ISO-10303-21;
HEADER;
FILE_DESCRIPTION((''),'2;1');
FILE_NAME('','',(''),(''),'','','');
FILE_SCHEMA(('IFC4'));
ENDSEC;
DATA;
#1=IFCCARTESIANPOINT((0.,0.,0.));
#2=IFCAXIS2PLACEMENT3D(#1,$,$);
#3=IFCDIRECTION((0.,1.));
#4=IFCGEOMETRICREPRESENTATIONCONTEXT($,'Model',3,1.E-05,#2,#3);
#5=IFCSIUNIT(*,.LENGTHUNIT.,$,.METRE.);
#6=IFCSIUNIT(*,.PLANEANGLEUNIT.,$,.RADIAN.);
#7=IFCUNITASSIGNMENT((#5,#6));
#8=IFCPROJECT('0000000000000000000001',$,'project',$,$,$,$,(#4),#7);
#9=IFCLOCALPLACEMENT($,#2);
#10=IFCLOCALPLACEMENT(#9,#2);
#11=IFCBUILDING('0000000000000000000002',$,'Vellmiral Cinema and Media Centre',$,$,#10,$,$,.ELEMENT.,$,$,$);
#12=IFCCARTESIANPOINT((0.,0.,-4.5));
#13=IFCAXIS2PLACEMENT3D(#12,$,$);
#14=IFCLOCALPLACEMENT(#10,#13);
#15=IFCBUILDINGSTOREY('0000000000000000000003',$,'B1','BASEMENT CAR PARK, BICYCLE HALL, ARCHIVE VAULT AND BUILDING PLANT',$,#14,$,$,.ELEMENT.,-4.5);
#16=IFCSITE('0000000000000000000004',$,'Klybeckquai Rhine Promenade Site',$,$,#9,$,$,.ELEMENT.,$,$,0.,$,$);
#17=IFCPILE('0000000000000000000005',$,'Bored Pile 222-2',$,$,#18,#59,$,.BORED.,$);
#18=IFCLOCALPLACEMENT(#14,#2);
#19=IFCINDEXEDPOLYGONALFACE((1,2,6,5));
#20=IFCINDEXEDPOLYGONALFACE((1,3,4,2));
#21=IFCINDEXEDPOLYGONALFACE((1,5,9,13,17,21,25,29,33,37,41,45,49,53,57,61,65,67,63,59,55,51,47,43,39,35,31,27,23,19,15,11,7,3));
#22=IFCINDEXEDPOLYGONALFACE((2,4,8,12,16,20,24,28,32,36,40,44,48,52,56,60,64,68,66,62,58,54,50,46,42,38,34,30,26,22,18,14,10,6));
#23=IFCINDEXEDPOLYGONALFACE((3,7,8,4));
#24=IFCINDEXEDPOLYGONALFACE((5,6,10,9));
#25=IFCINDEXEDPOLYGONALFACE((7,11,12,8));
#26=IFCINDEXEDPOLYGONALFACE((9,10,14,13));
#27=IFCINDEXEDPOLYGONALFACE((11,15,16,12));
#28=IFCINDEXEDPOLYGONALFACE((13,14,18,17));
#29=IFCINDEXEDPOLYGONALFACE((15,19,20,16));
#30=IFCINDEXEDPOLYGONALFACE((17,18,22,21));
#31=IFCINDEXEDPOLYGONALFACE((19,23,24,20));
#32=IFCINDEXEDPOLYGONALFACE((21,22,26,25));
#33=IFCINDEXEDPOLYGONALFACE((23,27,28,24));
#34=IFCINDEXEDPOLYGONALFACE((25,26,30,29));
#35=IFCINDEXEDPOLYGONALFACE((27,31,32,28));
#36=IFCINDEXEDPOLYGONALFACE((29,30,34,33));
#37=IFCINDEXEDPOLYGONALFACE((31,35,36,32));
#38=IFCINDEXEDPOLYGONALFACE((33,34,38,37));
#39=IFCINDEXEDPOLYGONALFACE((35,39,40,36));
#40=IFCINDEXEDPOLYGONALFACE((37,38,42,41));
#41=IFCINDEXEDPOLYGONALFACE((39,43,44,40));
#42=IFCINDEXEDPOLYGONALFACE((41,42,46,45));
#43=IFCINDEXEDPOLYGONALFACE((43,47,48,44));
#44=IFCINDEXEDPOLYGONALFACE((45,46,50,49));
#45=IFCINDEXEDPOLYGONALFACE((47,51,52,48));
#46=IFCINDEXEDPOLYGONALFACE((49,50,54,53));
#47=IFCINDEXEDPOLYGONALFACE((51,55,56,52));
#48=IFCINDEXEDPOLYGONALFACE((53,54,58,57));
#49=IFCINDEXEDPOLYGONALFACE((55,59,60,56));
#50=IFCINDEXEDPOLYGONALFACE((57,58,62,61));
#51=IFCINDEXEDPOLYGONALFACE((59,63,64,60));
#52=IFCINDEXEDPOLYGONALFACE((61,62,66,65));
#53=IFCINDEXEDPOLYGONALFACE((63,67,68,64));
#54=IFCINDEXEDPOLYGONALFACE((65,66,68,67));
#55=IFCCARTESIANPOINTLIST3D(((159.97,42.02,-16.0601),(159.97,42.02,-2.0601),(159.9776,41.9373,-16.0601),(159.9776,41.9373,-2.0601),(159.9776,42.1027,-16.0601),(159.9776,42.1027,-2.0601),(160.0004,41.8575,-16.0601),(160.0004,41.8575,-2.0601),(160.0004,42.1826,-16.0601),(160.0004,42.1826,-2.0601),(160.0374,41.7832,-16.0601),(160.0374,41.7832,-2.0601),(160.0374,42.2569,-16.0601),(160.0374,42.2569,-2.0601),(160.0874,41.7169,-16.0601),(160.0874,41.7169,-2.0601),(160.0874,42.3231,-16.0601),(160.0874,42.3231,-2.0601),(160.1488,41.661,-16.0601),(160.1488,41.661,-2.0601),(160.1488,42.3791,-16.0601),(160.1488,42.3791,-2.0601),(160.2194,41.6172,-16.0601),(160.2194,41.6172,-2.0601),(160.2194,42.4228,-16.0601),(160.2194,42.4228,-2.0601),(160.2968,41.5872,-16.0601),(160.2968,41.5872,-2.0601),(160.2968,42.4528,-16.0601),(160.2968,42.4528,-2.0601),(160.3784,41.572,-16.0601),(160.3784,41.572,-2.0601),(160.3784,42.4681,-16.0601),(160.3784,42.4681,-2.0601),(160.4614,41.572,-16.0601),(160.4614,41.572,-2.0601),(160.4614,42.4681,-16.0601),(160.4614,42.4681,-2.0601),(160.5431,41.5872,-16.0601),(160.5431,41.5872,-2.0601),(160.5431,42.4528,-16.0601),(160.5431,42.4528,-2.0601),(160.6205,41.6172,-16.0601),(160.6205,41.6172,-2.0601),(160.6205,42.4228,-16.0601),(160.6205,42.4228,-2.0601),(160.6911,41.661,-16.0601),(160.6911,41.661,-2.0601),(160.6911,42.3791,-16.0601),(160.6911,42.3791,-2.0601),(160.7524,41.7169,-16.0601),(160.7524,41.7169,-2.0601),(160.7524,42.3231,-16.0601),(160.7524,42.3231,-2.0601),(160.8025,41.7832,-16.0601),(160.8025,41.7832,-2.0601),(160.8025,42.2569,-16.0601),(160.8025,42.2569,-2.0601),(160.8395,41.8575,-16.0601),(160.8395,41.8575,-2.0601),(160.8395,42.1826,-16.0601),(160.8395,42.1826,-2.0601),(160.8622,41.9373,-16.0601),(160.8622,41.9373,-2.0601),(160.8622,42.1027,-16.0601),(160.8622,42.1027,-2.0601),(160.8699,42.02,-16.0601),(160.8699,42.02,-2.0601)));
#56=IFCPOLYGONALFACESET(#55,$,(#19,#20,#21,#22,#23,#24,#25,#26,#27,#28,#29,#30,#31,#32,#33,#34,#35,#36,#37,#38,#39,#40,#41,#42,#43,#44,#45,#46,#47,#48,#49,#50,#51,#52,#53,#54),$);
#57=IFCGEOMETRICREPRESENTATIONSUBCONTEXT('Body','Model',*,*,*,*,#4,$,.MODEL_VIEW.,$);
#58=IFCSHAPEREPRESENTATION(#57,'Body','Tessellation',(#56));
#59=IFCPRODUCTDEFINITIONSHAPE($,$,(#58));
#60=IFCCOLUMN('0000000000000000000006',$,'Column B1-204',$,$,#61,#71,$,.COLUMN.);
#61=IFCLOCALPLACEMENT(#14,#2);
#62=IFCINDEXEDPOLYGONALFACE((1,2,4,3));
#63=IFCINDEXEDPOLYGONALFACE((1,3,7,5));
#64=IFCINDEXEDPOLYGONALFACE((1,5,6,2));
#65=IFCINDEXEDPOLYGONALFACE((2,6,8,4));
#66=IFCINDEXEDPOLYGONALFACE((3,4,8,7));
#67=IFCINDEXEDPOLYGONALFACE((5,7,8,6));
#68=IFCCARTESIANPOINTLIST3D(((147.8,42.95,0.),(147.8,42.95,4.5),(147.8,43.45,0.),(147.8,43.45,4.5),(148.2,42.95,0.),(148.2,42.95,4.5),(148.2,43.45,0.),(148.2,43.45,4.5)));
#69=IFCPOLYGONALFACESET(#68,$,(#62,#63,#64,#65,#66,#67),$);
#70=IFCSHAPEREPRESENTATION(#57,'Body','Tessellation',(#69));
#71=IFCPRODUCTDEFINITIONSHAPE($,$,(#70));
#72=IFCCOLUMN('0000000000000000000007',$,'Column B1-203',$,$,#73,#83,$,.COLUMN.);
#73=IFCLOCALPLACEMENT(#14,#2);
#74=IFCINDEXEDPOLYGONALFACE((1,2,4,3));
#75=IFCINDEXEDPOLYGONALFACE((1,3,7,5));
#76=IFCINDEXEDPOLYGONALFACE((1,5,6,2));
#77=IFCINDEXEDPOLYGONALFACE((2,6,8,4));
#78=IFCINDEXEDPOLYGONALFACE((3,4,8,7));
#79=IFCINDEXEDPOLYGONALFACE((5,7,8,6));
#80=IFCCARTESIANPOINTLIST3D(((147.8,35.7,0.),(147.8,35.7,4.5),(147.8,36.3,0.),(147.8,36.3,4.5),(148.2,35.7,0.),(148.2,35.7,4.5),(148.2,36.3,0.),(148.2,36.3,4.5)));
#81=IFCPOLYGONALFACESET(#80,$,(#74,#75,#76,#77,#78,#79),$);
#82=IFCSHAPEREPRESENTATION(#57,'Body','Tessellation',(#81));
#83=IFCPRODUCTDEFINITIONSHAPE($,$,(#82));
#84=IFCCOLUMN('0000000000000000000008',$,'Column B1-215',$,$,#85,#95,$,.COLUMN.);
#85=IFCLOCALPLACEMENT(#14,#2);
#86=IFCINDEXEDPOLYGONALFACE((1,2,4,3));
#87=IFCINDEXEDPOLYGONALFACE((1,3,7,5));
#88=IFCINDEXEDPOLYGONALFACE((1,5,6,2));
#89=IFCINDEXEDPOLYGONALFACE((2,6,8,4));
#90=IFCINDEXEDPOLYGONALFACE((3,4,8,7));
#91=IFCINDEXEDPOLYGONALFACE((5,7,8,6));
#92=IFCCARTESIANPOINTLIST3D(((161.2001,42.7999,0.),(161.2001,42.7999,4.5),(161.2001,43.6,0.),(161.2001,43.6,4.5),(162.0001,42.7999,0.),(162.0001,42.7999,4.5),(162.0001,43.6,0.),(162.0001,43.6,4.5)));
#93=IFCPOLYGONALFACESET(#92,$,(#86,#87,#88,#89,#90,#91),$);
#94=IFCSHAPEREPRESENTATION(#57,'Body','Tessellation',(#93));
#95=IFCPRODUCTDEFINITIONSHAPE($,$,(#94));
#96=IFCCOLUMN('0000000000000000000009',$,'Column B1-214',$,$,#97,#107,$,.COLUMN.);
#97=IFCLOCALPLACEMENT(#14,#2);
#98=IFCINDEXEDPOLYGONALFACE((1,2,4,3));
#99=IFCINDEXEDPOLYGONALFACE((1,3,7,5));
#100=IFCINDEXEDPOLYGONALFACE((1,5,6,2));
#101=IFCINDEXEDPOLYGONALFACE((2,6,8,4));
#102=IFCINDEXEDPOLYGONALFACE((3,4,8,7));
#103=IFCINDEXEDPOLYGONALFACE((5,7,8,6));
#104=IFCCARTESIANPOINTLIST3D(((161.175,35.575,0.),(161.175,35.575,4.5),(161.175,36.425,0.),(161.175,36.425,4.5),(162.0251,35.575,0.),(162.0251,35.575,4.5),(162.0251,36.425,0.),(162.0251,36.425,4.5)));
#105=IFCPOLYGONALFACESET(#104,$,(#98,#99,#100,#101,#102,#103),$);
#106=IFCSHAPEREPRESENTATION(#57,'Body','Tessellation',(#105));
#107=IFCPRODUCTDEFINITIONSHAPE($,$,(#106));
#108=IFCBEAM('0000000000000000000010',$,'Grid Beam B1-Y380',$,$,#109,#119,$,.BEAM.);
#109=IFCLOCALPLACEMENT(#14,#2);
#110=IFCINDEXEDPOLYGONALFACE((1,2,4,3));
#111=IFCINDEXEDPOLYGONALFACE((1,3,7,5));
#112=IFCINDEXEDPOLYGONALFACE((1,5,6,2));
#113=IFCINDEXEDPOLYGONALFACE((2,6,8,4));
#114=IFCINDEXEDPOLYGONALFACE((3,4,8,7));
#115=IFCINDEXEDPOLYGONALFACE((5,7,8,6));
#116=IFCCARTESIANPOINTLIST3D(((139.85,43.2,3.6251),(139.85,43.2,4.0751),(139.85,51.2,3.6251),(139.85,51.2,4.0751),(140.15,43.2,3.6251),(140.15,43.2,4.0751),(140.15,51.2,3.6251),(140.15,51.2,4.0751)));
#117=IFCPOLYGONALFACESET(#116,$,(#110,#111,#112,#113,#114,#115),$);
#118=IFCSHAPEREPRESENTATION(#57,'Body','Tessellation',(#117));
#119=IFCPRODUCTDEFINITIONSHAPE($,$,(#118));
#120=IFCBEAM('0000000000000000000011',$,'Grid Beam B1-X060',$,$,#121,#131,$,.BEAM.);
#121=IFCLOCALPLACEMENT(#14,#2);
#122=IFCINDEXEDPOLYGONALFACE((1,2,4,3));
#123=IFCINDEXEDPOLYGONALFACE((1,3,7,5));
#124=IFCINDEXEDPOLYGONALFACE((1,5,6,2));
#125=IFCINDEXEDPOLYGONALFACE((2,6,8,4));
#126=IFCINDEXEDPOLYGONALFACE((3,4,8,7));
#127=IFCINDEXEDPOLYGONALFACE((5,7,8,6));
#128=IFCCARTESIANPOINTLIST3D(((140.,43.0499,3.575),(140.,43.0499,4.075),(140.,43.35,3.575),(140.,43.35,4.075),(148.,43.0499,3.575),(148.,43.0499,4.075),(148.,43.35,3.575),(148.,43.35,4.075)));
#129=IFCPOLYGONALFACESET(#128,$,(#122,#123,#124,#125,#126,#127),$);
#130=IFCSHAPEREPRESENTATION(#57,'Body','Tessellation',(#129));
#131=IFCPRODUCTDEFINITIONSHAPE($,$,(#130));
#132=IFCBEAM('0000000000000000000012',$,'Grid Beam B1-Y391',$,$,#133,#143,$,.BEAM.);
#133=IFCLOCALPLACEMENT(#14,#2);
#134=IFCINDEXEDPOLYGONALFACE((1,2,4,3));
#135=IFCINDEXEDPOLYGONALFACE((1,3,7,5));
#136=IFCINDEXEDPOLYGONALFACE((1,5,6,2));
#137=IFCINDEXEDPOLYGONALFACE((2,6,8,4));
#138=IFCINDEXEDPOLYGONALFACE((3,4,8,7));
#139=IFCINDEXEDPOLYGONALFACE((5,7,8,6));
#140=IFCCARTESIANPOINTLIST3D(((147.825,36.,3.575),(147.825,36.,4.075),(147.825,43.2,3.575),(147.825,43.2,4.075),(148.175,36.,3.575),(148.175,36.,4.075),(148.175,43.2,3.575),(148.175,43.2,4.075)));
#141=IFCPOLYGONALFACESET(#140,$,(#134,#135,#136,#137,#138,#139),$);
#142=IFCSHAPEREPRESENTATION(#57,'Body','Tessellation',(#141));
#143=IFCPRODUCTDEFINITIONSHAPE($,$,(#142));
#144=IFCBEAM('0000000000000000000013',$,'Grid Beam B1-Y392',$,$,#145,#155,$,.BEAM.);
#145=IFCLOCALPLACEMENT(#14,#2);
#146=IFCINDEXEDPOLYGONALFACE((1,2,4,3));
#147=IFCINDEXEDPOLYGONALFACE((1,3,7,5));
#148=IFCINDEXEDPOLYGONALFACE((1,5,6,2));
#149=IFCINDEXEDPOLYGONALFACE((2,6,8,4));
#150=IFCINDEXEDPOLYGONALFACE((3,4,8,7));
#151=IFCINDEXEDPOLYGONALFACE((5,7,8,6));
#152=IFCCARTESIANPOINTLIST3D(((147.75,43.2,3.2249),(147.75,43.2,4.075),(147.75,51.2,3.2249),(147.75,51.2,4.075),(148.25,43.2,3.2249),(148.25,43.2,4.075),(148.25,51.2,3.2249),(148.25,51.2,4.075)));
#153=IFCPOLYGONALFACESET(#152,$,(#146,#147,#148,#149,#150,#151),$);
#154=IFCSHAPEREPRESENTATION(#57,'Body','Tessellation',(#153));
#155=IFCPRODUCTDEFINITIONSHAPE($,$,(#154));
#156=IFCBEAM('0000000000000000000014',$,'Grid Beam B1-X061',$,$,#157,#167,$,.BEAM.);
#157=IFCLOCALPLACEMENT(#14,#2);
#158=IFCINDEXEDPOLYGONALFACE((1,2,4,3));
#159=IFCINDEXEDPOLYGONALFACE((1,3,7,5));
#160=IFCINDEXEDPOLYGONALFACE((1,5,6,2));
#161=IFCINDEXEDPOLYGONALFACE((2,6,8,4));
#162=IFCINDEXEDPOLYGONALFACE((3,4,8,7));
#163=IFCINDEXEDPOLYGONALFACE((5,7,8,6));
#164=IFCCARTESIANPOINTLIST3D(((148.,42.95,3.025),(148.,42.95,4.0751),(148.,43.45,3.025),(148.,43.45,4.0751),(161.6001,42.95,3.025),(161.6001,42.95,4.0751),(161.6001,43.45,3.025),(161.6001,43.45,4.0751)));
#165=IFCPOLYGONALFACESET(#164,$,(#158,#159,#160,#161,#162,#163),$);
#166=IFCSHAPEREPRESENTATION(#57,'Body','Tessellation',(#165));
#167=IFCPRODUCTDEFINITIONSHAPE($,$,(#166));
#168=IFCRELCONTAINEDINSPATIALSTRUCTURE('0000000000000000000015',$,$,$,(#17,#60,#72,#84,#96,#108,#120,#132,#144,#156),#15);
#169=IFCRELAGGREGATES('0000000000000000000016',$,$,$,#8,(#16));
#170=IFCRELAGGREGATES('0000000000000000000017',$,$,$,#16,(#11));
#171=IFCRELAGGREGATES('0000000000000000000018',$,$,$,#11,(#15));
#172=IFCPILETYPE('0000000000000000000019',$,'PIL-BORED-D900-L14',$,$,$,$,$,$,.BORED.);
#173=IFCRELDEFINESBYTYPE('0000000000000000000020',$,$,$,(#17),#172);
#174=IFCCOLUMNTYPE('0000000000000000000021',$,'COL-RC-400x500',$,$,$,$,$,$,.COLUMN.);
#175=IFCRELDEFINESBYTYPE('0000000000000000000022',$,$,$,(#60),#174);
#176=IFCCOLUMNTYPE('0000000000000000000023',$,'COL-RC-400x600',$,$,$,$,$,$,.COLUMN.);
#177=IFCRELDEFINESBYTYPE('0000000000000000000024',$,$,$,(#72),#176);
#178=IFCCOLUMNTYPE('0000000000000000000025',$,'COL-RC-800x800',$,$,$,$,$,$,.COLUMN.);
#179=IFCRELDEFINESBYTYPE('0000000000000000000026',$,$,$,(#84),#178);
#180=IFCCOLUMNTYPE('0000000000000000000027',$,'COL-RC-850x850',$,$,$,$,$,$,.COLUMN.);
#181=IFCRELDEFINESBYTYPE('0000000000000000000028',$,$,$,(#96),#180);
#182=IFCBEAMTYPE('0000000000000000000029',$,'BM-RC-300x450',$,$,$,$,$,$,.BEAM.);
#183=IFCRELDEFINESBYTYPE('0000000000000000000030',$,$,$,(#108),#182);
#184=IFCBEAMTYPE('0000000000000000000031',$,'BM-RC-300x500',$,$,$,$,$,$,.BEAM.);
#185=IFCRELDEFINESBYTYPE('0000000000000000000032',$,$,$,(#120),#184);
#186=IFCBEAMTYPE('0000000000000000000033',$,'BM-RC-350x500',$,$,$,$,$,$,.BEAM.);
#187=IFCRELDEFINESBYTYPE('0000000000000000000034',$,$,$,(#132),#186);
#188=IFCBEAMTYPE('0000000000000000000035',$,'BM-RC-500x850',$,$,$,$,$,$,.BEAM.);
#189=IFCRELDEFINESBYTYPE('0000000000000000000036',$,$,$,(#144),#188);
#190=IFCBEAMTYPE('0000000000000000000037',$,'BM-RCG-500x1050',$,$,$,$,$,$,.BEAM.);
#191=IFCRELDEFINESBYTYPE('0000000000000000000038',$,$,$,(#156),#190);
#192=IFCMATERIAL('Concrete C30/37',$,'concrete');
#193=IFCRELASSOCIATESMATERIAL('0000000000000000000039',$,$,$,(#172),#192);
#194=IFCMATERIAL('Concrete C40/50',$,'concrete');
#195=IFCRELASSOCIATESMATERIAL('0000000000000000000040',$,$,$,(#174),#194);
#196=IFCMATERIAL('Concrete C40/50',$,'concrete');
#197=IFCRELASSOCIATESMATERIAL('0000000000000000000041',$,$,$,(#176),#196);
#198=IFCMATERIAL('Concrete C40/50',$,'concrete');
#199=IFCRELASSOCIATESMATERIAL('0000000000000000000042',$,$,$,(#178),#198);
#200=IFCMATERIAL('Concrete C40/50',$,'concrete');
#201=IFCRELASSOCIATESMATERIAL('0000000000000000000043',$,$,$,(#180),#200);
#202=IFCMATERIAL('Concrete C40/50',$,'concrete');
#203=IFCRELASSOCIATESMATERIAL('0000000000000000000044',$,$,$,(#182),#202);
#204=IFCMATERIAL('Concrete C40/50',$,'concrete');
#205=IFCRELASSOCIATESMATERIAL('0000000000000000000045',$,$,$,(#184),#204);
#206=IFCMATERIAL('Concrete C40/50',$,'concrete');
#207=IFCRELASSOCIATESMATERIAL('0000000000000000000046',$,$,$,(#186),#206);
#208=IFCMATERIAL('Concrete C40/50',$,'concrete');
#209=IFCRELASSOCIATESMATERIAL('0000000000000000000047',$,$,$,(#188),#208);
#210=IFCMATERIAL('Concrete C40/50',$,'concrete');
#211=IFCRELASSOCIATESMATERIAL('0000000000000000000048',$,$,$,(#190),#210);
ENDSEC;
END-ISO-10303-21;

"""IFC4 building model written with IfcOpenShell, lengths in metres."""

from ifc_helpers import new_model, si_unit, direction, frame, origin, origin_2d, place, context, subcontext, project, spatial, rectangle, circle, extrude, material, material_profile, profile_set, type_object, element, save


model = new_model("IFC4")

# Units and contexts
model_context = context("Model", 3, precision=1e-05, world=origin(), true_north=direction((0.0, 1.0)))
body_context = subcontext(model_context, "Body", "Model", "MODEL_VIEW")
ifc_project = project(units=[si_unit("LENGTHUNIT", "METRE"), si_unit("PLANEANGLEUNIT", "RADIAN")], contexts=[model_context])

# Site, building, storey
site_placement = place(None, origin())
site = spatial("IfcSite", under=ifc_project, at=site_placement, Name="Klybeckquai Rhine Promenade Site", CompositionType="ELEMENT", RefElevation=0.0)
building_placement = place(site_placement, origin())
building = spatial("IfcBuilding", under=site, at=building_placement, Name="Vellmiral Cinema and Media Centre", CompositionType="ELEMENT")
storey_placement = place(building_placement, frame((0.0, 0.0, -4.5)))
storey = spatial("IfcBuildingStorey", under=building, at=storey_placement, Name="B1", Description="BASEMENT CAR PARK, BICYCLE HALL, ARCHIVE VAULT AND BUILDING PLANT", CompositionType="ELEMENT", Elevation=-4.5)

# Pile
ifc_material_1 = material(Name="Concrete C30/37", Category="concrete")
ifc_material_profile_1 = material_profile(ifc_material_1, circle(Radius=0.45, at=origin_2d()), Name="PILE D900")
ifc_profile_set_1 = profile_set([ifc_material_profile_1], Name="Concrete C30/37")
pile_type_1 = type_object("IfcPileType", Name="PIL-BORED-D900-L14", PredefinedType="BORED", material=ifc_profile_set_1)
for number, where, z_axis, x_axis, name in (
    (1, (160.4199, 42.02, -2.0601), (0.0, 0.0, -1.0), (1.0, 0.0, 0.0), "Bored Pile 222-2"),
):
    element("IfcPile", number, at=place(storey_placement, frame(where, z_axis=z_axis, x_axis=x_axis)), inside=storey, type_object=pile_type_1, Name=name, PredefinedType="BORED", context=body_context, shape_type="SweptSolid", body=[
        extrude(circle(Radius=0.45, at=origin_2d()), origin(), (0.0, 0.0, 1.0), 14.0),
    ])

# Columns
ifc_material_2 = material(Name="Concrete C40/50", Category="concrete")
ifc_material_profile_2 = material_profile(ifc_material_2, rectangle(XDim=0.3999, YDim=0.5, at=origin_2d()), Name="RC 400x500")
ifc_profile_set_2 = profile_set([ifc_material_profile_2], Name="Concrete C40/50")
column_type_1 = type_object("IfcColumnType", Name="COL-RC-400x500", PredefinedType="COLUMN", material=ifc_profile_set_2)
column_1_placement = place(storey_placement, frame((148.0, 43.2, 0.0), z_axis=(0.0, 0.0, 1.0), x_axis=(1.0, 0.0, 0.0)))
element("IfcColumn", 2, at=column_1_placement, inside=storey, type_object=column_type_1, Name="Column B1-204", PredefinedType="COLUMN", context=body_context, shape_type="SweptSolid", body=[
    extrude(rectangle(XDim=0.3999, YDim=0.5, at=origin_2d()), origin(), (0.0, 0.0, 1.0), 4.5),
])
ifc_material_3 = material(Name="Concrete C40/50", Category="concrete")
ifc_material_profile_3 = material_profile(ifc_material_3, rectangle(XDim=0.3999, YDim=0.6001, at=origin_2d()), Name="RC 400x600")
ifc_profile_set_3 = profile_set([ifc_material_profile_3], Name="Concrete C40/50")
column_type_2 = type_object("IfcColumnType", Name="COL-RC-400x600", PredefinedType="COLUMN", material=ifc_profile_set_3)
column_2_placement = place(storey_placement, frame((148.0, 36.0, 0.0), z_axis=(0.0, 0.0, 1.0), x_axis=(1.0, 0.0, 0.0)))
element("IfcColumn", 3, at=column_2_placement, inside=storey, type_object=column_type_2, Name="Column B1-203", PredefinedType="COLUMN", context=body_context, shape_type="SweptSolid", body=[
    extrude(rectangle(XDim=0.3999, YDim=0.6001, at=origin_2d()), origin(), (0.0, 0.0, 1.0), 4.5),
])
ifc_material_4 = material(Name="Concrete C40/50", Category="concrete")
ifc_material_profile_4 = material_profile(ifc_material_4, rectangle(XDim=0.8, YDim=0.8, at=origin_2d()), Name="RC 800x800")
ifc_profile_set_4 = profile_set([ifc_material_profile_4], Name="Concrete C40/50")
column_type_3 = type_object("IfcColumnType", Name="COL-RC-800x800", PredefinedType="COLUMN", material=ifc_profile_set_4)
column_3_placement = place(storey_placement, frame((161.6001, 43.2, 0.0), z_axis=(0.0, 0.0, 1.0), x_axis=(1.0, 0.0, 0.0)))
element("IfcColumn", 4, at=column_3_placement, inside=storey, type_object=column_type_3, Name="Column B1-215", PredefinedType="COLUMN", context=body_context, shape_type="SweptSolid", body=[
    extrude(rectangle(XDim=0.8, YDim=0.8, at=origin_2d()), origin(), (0.0, 0.0, 1.0), 4.5),
])
ifc_material_5 = material(Name="Concrete C40/50", Category="concrete")
ifc_material_profile_5 = material_profile(ifc_material_5, rectangle(XDim=0.8501, YDim=0.8501, at=origin_2d()), Name="RC 850x850")
ifc_profile_set_5 = profile_set([ifc_material_profile_5], Name="Concrete C40/50")
column_type_4 = type_object("IfcColumnType", Name="COL-RC-850x850", PredefinedType="COLUMN", material=ifc_profile_set_5)
column_4_placement = place(storey_placement, frame((161.6001, 36.0, 0.0), z_axis=(0.0, 0.0, 1.0), x_axis=(1.0, 0.0, 0.0)))
element("IfcColumn", 5, at=column_4_placement, inside=storey, type_object=column_type_4, Name="Column B1-214", PredefinedType="COLUMN", context=body_context, shape_type="SweptSolid", body=[
    extrude(rectangle(XDim=0.8501, YDim=0.8501, at=origin_2d()), origin(), (0.0, 0.0, 1.0), 4.5),
])

# Beams
ifc_material_6 = material(Name="Concrete C40/50", Category="concrete")
ifc_material_profile_6 = material_profile(ifc_material_6, rectangle(XDim=0.3, YDim=0.45, at=origin_2d()), Name="RC 300x450")
ifc_profile_set_6 = profile_set([ifc_material_profile_6], Name="Concrete C40/50")
beam_type_1 = type_object("IfcBeamType", Name="BM-RC-300x450", PredefinedType="BEAM", material=ifc_profile_set_6)
beam_1_placement = place(storey_placement, frame((140.0, 43.2, 3.8501), z_axis=(0.0, 1.0, 0.0), x_axis=(-1.0, 0.0, 0.0)))
element("IfcBeam", 6, at=beam_1_placement, inside=storey, type_object=beam_type_1, Name="Grid Beam B1-Y380", PredefinedType="BEAM", context=body_context, shape_type="SweptSolid", body=[
    extrude(rectangle(XDim=0.3, YDim=0.45, at=origin_2d()), origin(), (0.0, 0.0, 1.0), 8.0),
])
ifc_material_7 = material(Name="Concrete C40/50", Category="concrete")
ifc_material_profile_7 = material_profile(ifc_material_7, rectangle(XDim=0.3, YDim=0.5, at=origin_2d()), Name="RC 300x500")
ifc_profile_set_7 = profile_set([ifc_material_profile_7], Name="Concrete C40/50")
beam_type_2 = type_object("IfcBeamType", Name="BM-RC-300x500", PredefinedType="BEAM", material=ifc_profile_set_7)
beam_2_placement = place(storey_placement, frame((140.0, 43.2, 3.825), z_axis=(1.0, 0.0, 0.0), x_axis=(0.0, 1.0, 0.0)))
element("IfcBeam", 7, at=beam_2_placement, inside=storey, type_object=beam_type_2, Name="Grid Beam B1-X060", PredefinedType="BEAM", context=body_context, shape_type="SweptSolid", body=[
    extrude(rectangle(XDim=0.3, YDim=0.5, at=origin_2d()), origin(), (0.0, 0.0, 1.0), 8.0),
])
ifc_material_8 = material(Name="Concrete C40/50", Category="concrete")
ifc_material_profile_8 = material_profile(ifc_material_8, rectangle(XDim=0.3501, YDim=0.5, at=origin_2d()), Name="RC 350x500")
ifc_profile_set_8 = profile_set([ifc_material_profile_8], Name="Concrete C40/50")
beam_type_3 = type_object("IfcBeamType", Name="BM-RC-350x500", PredefinedType="BEAM", material=ifc_profile_set_8)
beam_3_placement = place(storey_placement, frame((148.0, 36.0, 3.825), z_axis=(0.0, 1.0, 0.0), x_axis=(-1.0, 0.0, 0.0)))
element("IfcBeam", 8, at=beam_3_placement, inside=storey, type_object=beam_type_3, Name="Grid Beam B1-Y391", PredefinedType="BEAM", context=body_context, shape_type="SweptSolid", body=[
    extrude(rectangle(XDim=0.3501, YDim=0.5, at=origin_2d()), origin(), (0.0, 0.0, 1.0), 7.2),
])
ifc_material_9 = material(Name="Concrete C40/50", Category="concrete")
ifc_material_profile_9 = material_profile(ifc_material_9, rectangle(XDim=0.5, YDim=0.8501, at=origin_2d()), Name="RC 500x850")
ifc_profile_set_9 = profile_set([ifc_material_profile_9], Name="Concrete C40/50")
beam_type_4 = type_object("IfcBeamType", Name="BM-RC-500x850", PredefinedType="BEAM", material=ifc_profile_set_9)
beam_4_placement = place(storey_placement, frame((148.0, 43.2, 3.6499), z_axis=(0.0, 1.0, 0.0), x_axis=(-1.0, 0.0, 0.0)))
element("IfcBeam", 9, at=beam_4_placement, inside=storey, type_object=beam_type_4, Name="Grid Beam B1-Y392", PredefinedType="BEAM", context=body_context, shape_type="SweptSolid", body=[
    extrude(rectangle(XDim=0.5, YDim=0.8501, at=origin_2d()), origin(), (0.0, 0.0, 1.0), 8.0),
])
ifc_material_10 = material(Name="Concrete C40/50", Category="concrete")
ifc_material_profile_10 = material_profile(ifc_material_10, rectangle(XDim=0.5, YDim=1.05, at=origin_2d()), Name="RC 500x1050")
ifc_profile_set_10 = profile_set([ifc_material_profile_10], Name="Concrete C40/50")
beam_type_5 = type_object("IfcBeamType", Name="BM-RCG-500x1050", PredefinedType="BEAM", material=ifc_profile_set_10)
beam_5_placement = place(storey_placement, frame((148.0, 43.2, 3.55), z_axis=(1.0, 0.0, 0.0), x_axis=(0.0, 1.0, 0.0)))
element("IfcBeam", 10, at=beam_5_placement, inside=storey, type_object=beam_type_5, Name="Grid Beam B1-X061", PredefinedType="BEAM", context=body_context, shape_type="SweptSolid", body=[
    extrude(rectangle(XDim=0.5, YDim=1.05, at=origin_2d()), origin(), (0.0, 0.0, 1.0), 13.6001),
])

save(model, "model.ifc")
